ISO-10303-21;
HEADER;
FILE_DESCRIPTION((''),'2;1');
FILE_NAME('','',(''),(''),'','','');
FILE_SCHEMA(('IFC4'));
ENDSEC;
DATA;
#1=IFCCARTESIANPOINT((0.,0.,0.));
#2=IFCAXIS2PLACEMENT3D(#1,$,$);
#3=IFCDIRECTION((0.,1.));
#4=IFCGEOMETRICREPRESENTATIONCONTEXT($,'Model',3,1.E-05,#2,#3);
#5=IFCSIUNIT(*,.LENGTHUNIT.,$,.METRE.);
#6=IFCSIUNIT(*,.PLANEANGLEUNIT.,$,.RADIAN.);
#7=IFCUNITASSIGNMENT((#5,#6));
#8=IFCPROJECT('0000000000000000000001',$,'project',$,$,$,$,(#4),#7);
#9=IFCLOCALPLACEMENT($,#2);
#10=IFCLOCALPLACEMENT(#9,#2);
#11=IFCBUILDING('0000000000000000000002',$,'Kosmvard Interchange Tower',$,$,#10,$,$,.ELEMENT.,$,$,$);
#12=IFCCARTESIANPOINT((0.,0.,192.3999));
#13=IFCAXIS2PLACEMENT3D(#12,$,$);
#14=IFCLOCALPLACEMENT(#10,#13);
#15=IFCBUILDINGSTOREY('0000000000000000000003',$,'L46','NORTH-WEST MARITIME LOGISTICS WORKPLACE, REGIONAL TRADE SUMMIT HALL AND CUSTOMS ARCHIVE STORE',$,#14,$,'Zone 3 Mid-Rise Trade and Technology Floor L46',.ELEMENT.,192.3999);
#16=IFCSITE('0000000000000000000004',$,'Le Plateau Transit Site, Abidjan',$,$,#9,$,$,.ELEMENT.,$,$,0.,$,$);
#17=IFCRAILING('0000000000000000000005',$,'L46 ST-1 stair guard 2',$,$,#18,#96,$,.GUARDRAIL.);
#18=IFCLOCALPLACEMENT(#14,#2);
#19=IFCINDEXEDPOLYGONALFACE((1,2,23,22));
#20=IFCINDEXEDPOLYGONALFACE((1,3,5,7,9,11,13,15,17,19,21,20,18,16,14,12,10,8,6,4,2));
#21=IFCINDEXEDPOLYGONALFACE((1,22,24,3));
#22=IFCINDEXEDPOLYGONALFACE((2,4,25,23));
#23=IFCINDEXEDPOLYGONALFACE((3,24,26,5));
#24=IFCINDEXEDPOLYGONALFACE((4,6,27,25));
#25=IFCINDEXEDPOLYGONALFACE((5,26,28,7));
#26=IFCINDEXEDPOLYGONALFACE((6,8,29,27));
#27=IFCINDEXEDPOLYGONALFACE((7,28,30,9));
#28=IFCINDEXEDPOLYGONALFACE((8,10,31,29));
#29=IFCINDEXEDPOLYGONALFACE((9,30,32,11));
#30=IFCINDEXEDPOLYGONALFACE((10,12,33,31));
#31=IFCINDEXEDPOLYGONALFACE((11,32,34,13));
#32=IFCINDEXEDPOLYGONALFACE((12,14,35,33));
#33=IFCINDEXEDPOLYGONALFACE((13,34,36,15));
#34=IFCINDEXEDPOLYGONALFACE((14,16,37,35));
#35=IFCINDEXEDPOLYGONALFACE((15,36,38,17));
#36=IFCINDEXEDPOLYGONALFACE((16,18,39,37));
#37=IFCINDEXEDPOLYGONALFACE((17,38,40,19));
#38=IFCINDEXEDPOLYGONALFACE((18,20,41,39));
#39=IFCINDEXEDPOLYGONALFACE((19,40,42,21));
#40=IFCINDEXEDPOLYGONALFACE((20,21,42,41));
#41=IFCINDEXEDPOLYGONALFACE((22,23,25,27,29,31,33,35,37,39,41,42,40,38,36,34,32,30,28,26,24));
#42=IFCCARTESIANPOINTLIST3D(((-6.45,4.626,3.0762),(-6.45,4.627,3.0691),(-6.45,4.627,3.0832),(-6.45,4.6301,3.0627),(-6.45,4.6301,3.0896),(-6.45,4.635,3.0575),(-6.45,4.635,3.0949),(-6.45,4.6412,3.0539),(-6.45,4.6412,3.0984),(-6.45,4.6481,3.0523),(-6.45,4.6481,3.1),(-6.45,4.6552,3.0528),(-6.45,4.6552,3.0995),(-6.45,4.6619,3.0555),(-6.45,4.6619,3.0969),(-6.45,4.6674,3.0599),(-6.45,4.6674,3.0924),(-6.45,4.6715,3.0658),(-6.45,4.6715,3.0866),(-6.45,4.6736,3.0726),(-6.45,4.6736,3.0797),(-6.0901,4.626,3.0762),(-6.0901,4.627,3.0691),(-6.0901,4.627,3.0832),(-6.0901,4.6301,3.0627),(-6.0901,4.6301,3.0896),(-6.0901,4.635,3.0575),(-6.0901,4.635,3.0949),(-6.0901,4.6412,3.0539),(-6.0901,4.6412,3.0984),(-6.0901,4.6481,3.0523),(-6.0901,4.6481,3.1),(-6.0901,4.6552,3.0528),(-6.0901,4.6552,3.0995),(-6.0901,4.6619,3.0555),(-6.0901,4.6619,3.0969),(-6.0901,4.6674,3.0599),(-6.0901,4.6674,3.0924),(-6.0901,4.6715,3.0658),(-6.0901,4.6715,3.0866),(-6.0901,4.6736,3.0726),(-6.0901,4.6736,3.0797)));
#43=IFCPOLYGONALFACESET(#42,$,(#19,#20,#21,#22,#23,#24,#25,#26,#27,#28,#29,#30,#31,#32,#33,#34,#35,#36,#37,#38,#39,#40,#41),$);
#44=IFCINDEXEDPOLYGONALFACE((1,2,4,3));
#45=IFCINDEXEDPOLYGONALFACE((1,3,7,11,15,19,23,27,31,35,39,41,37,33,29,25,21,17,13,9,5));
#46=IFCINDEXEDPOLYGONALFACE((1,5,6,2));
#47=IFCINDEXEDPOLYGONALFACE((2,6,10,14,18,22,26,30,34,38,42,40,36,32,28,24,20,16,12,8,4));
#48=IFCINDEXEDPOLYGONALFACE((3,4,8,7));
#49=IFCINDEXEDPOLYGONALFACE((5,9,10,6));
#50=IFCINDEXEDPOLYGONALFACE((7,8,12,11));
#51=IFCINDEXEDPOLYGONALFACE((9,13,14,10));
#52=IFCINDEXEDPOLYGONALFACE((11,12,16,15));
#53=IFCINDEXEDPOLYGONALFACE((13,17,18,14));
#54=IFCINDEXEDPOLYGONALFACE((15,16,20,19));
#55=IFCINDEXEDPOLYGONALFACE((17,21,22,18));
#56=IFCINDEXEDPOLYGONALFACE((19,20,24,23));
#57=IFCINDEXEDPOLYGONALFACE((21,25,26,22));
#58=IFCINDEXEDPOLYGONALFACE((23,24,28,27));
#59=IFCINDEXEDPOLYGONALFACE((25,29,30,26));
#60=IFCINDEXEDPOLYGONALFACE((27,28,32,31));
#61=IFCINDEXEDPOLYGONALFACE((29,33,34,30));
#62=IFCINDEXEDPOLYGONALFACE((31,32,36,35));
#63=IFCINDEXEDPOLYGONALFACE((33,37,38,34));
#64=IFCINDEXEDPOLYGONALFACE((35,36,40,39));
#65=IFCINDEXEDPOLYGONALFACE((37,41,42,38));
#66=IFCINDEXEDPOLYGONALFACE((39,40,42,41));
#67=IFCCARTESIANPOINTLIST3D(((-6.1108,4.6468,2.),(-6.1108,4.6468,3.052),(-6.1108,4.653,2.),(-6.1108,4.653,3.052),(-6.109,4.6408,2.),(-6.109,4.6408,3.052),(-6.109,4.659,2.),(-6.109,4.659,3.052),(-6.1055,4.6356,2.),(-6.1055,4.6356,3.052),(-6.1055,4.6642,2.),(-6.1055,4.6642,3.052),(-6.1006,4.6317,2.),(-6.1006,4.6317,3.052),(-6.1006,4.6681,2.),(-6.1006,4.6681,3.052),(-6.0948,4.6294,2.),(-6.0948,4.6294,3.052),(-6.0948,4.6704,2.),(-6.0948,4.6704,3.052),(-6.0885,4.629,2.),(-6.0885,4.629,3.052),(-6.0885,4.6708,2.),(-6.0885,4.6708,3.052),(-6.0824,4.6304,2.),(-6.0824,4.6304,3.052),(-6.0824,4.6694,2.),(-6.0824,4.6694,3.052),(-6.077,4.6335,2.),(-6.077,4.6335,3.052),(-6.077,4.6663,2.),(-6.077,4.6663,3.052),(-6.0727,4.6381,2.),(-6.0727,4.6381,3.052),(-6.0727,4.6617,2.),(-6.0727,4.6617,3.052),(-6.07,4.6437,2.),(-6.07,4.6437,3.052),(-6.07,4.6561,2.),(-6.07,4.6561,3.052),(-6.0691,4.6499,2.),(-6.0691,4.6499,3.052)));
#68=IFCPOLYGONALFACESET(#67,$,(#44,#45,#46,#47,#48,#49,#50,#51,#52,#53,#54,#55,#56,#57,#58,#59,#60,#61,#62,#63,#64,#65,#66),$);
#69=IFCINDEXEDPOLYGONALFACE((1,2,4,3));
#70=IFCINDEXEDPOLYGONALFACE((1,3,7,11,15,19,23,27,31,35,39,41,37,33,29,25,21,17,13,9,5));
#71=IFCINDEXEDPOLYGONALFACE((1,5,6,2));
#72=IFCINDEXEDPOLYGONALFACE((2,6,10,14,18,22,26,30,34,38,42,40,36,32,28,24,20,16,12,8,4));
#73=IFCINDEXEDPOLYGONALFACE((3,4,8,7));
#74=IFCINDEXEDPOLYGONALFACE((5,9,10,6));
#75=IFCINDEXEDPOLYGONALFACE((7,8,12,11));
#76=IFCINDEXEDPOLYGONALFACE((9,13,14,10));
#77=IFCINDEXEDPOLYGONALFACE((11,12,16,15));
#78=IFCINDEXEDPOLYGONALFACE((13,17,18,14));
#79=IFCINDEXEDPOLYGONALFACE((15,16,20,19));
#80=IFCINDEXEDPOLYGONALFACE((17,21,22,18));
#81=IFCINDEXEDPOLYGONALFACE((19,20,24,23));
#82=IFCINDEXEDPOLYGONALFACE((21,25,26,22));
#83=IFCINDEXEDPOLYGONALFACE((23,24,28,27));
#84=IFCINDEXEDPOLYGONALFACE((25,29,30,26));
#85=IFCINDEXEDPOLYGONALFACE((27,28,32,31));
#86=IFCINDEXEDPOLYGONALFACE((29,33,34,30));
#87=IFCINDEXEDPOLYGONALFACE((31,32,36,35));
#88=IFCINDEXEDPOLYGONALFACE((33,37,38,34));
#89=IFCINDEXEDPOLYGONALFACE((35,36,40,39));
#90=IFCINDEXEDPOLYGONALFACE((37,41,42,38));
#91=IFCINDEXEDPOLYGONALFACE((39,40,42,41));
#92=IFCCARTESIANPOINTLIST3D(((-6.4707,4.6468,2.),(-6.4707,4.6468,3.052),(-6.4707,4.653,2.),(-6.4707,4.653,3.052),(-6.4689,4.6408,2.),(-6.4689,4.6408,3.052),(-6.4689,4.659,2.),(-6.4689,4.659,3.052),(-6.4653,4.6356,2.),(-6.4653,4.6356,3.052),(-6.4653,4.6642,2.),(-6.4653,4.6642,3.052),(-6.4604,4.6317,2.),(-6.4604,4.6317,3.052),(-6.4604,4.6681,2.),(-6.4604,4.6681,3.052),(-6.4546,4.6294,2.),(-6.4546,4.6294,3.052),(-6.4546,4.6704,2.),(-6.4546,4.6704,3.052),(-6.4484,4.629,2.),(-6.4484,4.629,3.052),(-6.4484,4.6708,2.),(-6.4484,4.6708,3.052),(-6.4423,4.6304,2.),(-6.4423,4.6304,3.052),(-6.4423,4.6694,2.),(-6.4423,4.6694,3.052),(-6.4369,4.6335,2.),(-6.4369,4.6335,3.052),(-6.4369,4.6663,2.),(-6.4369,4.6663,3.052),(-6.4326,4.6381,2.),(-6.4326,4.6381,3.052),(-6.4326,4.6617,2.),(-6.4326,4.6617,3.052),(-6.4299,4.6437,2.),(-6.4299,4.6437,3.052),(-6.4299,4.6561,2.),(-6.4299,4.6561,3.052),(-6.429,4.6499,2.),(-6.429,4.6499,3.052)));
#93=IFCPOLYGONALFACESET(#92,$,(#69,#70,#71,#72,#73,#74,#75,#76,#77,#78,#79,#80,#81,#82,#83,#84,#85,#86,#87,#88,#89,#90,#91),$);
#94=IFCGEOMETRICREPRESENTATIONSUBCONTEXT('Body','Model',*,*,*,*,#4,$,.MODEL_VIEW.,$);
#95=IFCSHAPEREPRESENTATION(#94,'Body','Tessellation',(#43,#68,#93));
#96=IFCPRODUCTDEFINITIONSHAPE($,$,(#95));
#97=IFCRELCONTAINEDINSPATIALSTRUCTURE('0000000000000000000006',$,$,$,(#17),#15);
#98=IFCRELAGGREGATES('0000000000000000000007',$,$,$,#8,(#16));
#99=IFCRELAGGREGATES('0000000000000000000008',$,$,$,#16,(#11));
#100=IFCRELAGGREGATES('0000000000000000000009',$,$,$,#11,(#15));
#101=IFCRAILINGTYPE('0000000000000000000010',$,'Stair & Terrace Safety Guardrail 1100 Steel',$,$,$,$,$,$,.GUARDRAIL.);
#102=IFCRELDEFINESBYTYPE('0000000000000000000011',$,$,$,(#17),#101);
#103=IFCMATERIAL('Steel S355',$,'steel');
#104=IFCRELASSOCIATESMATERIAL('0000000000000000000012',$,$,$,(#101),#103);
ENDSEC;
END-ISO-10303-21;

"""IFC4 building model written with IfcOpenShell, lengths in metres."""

from ifc_helpers import new_model, si_unit, direction, frame, origin, origin_2d, place, context, subcontext, project, spatial, circle, extrude, source, transform, mapped, material, type_object, element, save


model = new_model("IFC4")

# Units and contexts
model_context = context("Model", 3, precision=1e-05, world=origin(), true_north=direction((0.0, 1.0)))
body_context = subcontext(model_context, "Body", "Model", "MODEL_VIEW")
ifc_project = project(units=[si_unit("LENGTHUNIT", "METRE"), si_unit("PLANEANGLEUNIT", "RADIAN")], contexts=[model_context])

# Site, building, storey
site_placement = place(None, origin())
site = spatial("IfcSite", under=ifc_project, at=site_placement, Name="Le Plateau Transit Site, Abidjan", CompositionType="ELEMENT", RefElevation=0.0)
building_placement = place(site_placement, origin())
building = spatial("IfcBuilding", under=site, at=building_placement, Name="Kosmvard Interchange Tower", CompositionType="ELEMENT")
storey_placement = place(building_placement, frame((0.0, 0.0, 192.3999)))
storey = spatial("IfcBuildingStorey", under=building, at=storey_placement, Name="L46", Description="NORTH-WEST MARITIME LOGISTICS WORKPLACE, REGIONAL TRADE SUMMIT HALL AND CUSTOMS ARCHIVE STORE", LongName="Zone 3 Mid-Rise Trade and Technology Floor L46", CompositionType="ELEMENT", Elevation=192.3999)

# Shared definitions
ifc_material_1 = material(Name="Steel S355", Category="steel")

# Railing
railing_type = type_object("IfcRailingType", Name="Stair & Terrace Safety Guardrail 1100 Steel", PredefinedType="GUARDRAIL", material=ifc_material_1)
shared_shape_1 = source(origin(), body_context, "Body", "SweptSolid", [
    extrude(circle(Radius=0.0239, at=origin_2d()), frame((0.0, 0.0, 1.0762), z_axis=(-1.0, 0.0, 0.0), x_axis=(0.0, -1.0, 0.0)), (0.0, 0.0, 1.0), 0.3599),
    extrude(circle(Radius=0.021, at=origin_2d()), origin(), (0.0, 0.0, 1.0), 1.052),
    extrude(circle(Radius=0.021, at=origin_2d()), frame((-0.3599, 0.0, 0.0)), (0.0, 0.0, 1.0), 1.052),
])
railing_placement = place(storey_placement, frame((-6.0901, 4.6499, 2.0)))
element("IfcRailing", 1, at=railing_placement, inside=storey, type_object=railing_type, Name="L46 ST-1 stair guard 2", PredefinedType="GUARDRAIL", context=body_context, shape_type="MappedRepresentation", body=[
    mapped(shared_shape_1, transform((0.0, 0.0, 0.0), scale=1.0)),
])

save(model, "model.ifc")
